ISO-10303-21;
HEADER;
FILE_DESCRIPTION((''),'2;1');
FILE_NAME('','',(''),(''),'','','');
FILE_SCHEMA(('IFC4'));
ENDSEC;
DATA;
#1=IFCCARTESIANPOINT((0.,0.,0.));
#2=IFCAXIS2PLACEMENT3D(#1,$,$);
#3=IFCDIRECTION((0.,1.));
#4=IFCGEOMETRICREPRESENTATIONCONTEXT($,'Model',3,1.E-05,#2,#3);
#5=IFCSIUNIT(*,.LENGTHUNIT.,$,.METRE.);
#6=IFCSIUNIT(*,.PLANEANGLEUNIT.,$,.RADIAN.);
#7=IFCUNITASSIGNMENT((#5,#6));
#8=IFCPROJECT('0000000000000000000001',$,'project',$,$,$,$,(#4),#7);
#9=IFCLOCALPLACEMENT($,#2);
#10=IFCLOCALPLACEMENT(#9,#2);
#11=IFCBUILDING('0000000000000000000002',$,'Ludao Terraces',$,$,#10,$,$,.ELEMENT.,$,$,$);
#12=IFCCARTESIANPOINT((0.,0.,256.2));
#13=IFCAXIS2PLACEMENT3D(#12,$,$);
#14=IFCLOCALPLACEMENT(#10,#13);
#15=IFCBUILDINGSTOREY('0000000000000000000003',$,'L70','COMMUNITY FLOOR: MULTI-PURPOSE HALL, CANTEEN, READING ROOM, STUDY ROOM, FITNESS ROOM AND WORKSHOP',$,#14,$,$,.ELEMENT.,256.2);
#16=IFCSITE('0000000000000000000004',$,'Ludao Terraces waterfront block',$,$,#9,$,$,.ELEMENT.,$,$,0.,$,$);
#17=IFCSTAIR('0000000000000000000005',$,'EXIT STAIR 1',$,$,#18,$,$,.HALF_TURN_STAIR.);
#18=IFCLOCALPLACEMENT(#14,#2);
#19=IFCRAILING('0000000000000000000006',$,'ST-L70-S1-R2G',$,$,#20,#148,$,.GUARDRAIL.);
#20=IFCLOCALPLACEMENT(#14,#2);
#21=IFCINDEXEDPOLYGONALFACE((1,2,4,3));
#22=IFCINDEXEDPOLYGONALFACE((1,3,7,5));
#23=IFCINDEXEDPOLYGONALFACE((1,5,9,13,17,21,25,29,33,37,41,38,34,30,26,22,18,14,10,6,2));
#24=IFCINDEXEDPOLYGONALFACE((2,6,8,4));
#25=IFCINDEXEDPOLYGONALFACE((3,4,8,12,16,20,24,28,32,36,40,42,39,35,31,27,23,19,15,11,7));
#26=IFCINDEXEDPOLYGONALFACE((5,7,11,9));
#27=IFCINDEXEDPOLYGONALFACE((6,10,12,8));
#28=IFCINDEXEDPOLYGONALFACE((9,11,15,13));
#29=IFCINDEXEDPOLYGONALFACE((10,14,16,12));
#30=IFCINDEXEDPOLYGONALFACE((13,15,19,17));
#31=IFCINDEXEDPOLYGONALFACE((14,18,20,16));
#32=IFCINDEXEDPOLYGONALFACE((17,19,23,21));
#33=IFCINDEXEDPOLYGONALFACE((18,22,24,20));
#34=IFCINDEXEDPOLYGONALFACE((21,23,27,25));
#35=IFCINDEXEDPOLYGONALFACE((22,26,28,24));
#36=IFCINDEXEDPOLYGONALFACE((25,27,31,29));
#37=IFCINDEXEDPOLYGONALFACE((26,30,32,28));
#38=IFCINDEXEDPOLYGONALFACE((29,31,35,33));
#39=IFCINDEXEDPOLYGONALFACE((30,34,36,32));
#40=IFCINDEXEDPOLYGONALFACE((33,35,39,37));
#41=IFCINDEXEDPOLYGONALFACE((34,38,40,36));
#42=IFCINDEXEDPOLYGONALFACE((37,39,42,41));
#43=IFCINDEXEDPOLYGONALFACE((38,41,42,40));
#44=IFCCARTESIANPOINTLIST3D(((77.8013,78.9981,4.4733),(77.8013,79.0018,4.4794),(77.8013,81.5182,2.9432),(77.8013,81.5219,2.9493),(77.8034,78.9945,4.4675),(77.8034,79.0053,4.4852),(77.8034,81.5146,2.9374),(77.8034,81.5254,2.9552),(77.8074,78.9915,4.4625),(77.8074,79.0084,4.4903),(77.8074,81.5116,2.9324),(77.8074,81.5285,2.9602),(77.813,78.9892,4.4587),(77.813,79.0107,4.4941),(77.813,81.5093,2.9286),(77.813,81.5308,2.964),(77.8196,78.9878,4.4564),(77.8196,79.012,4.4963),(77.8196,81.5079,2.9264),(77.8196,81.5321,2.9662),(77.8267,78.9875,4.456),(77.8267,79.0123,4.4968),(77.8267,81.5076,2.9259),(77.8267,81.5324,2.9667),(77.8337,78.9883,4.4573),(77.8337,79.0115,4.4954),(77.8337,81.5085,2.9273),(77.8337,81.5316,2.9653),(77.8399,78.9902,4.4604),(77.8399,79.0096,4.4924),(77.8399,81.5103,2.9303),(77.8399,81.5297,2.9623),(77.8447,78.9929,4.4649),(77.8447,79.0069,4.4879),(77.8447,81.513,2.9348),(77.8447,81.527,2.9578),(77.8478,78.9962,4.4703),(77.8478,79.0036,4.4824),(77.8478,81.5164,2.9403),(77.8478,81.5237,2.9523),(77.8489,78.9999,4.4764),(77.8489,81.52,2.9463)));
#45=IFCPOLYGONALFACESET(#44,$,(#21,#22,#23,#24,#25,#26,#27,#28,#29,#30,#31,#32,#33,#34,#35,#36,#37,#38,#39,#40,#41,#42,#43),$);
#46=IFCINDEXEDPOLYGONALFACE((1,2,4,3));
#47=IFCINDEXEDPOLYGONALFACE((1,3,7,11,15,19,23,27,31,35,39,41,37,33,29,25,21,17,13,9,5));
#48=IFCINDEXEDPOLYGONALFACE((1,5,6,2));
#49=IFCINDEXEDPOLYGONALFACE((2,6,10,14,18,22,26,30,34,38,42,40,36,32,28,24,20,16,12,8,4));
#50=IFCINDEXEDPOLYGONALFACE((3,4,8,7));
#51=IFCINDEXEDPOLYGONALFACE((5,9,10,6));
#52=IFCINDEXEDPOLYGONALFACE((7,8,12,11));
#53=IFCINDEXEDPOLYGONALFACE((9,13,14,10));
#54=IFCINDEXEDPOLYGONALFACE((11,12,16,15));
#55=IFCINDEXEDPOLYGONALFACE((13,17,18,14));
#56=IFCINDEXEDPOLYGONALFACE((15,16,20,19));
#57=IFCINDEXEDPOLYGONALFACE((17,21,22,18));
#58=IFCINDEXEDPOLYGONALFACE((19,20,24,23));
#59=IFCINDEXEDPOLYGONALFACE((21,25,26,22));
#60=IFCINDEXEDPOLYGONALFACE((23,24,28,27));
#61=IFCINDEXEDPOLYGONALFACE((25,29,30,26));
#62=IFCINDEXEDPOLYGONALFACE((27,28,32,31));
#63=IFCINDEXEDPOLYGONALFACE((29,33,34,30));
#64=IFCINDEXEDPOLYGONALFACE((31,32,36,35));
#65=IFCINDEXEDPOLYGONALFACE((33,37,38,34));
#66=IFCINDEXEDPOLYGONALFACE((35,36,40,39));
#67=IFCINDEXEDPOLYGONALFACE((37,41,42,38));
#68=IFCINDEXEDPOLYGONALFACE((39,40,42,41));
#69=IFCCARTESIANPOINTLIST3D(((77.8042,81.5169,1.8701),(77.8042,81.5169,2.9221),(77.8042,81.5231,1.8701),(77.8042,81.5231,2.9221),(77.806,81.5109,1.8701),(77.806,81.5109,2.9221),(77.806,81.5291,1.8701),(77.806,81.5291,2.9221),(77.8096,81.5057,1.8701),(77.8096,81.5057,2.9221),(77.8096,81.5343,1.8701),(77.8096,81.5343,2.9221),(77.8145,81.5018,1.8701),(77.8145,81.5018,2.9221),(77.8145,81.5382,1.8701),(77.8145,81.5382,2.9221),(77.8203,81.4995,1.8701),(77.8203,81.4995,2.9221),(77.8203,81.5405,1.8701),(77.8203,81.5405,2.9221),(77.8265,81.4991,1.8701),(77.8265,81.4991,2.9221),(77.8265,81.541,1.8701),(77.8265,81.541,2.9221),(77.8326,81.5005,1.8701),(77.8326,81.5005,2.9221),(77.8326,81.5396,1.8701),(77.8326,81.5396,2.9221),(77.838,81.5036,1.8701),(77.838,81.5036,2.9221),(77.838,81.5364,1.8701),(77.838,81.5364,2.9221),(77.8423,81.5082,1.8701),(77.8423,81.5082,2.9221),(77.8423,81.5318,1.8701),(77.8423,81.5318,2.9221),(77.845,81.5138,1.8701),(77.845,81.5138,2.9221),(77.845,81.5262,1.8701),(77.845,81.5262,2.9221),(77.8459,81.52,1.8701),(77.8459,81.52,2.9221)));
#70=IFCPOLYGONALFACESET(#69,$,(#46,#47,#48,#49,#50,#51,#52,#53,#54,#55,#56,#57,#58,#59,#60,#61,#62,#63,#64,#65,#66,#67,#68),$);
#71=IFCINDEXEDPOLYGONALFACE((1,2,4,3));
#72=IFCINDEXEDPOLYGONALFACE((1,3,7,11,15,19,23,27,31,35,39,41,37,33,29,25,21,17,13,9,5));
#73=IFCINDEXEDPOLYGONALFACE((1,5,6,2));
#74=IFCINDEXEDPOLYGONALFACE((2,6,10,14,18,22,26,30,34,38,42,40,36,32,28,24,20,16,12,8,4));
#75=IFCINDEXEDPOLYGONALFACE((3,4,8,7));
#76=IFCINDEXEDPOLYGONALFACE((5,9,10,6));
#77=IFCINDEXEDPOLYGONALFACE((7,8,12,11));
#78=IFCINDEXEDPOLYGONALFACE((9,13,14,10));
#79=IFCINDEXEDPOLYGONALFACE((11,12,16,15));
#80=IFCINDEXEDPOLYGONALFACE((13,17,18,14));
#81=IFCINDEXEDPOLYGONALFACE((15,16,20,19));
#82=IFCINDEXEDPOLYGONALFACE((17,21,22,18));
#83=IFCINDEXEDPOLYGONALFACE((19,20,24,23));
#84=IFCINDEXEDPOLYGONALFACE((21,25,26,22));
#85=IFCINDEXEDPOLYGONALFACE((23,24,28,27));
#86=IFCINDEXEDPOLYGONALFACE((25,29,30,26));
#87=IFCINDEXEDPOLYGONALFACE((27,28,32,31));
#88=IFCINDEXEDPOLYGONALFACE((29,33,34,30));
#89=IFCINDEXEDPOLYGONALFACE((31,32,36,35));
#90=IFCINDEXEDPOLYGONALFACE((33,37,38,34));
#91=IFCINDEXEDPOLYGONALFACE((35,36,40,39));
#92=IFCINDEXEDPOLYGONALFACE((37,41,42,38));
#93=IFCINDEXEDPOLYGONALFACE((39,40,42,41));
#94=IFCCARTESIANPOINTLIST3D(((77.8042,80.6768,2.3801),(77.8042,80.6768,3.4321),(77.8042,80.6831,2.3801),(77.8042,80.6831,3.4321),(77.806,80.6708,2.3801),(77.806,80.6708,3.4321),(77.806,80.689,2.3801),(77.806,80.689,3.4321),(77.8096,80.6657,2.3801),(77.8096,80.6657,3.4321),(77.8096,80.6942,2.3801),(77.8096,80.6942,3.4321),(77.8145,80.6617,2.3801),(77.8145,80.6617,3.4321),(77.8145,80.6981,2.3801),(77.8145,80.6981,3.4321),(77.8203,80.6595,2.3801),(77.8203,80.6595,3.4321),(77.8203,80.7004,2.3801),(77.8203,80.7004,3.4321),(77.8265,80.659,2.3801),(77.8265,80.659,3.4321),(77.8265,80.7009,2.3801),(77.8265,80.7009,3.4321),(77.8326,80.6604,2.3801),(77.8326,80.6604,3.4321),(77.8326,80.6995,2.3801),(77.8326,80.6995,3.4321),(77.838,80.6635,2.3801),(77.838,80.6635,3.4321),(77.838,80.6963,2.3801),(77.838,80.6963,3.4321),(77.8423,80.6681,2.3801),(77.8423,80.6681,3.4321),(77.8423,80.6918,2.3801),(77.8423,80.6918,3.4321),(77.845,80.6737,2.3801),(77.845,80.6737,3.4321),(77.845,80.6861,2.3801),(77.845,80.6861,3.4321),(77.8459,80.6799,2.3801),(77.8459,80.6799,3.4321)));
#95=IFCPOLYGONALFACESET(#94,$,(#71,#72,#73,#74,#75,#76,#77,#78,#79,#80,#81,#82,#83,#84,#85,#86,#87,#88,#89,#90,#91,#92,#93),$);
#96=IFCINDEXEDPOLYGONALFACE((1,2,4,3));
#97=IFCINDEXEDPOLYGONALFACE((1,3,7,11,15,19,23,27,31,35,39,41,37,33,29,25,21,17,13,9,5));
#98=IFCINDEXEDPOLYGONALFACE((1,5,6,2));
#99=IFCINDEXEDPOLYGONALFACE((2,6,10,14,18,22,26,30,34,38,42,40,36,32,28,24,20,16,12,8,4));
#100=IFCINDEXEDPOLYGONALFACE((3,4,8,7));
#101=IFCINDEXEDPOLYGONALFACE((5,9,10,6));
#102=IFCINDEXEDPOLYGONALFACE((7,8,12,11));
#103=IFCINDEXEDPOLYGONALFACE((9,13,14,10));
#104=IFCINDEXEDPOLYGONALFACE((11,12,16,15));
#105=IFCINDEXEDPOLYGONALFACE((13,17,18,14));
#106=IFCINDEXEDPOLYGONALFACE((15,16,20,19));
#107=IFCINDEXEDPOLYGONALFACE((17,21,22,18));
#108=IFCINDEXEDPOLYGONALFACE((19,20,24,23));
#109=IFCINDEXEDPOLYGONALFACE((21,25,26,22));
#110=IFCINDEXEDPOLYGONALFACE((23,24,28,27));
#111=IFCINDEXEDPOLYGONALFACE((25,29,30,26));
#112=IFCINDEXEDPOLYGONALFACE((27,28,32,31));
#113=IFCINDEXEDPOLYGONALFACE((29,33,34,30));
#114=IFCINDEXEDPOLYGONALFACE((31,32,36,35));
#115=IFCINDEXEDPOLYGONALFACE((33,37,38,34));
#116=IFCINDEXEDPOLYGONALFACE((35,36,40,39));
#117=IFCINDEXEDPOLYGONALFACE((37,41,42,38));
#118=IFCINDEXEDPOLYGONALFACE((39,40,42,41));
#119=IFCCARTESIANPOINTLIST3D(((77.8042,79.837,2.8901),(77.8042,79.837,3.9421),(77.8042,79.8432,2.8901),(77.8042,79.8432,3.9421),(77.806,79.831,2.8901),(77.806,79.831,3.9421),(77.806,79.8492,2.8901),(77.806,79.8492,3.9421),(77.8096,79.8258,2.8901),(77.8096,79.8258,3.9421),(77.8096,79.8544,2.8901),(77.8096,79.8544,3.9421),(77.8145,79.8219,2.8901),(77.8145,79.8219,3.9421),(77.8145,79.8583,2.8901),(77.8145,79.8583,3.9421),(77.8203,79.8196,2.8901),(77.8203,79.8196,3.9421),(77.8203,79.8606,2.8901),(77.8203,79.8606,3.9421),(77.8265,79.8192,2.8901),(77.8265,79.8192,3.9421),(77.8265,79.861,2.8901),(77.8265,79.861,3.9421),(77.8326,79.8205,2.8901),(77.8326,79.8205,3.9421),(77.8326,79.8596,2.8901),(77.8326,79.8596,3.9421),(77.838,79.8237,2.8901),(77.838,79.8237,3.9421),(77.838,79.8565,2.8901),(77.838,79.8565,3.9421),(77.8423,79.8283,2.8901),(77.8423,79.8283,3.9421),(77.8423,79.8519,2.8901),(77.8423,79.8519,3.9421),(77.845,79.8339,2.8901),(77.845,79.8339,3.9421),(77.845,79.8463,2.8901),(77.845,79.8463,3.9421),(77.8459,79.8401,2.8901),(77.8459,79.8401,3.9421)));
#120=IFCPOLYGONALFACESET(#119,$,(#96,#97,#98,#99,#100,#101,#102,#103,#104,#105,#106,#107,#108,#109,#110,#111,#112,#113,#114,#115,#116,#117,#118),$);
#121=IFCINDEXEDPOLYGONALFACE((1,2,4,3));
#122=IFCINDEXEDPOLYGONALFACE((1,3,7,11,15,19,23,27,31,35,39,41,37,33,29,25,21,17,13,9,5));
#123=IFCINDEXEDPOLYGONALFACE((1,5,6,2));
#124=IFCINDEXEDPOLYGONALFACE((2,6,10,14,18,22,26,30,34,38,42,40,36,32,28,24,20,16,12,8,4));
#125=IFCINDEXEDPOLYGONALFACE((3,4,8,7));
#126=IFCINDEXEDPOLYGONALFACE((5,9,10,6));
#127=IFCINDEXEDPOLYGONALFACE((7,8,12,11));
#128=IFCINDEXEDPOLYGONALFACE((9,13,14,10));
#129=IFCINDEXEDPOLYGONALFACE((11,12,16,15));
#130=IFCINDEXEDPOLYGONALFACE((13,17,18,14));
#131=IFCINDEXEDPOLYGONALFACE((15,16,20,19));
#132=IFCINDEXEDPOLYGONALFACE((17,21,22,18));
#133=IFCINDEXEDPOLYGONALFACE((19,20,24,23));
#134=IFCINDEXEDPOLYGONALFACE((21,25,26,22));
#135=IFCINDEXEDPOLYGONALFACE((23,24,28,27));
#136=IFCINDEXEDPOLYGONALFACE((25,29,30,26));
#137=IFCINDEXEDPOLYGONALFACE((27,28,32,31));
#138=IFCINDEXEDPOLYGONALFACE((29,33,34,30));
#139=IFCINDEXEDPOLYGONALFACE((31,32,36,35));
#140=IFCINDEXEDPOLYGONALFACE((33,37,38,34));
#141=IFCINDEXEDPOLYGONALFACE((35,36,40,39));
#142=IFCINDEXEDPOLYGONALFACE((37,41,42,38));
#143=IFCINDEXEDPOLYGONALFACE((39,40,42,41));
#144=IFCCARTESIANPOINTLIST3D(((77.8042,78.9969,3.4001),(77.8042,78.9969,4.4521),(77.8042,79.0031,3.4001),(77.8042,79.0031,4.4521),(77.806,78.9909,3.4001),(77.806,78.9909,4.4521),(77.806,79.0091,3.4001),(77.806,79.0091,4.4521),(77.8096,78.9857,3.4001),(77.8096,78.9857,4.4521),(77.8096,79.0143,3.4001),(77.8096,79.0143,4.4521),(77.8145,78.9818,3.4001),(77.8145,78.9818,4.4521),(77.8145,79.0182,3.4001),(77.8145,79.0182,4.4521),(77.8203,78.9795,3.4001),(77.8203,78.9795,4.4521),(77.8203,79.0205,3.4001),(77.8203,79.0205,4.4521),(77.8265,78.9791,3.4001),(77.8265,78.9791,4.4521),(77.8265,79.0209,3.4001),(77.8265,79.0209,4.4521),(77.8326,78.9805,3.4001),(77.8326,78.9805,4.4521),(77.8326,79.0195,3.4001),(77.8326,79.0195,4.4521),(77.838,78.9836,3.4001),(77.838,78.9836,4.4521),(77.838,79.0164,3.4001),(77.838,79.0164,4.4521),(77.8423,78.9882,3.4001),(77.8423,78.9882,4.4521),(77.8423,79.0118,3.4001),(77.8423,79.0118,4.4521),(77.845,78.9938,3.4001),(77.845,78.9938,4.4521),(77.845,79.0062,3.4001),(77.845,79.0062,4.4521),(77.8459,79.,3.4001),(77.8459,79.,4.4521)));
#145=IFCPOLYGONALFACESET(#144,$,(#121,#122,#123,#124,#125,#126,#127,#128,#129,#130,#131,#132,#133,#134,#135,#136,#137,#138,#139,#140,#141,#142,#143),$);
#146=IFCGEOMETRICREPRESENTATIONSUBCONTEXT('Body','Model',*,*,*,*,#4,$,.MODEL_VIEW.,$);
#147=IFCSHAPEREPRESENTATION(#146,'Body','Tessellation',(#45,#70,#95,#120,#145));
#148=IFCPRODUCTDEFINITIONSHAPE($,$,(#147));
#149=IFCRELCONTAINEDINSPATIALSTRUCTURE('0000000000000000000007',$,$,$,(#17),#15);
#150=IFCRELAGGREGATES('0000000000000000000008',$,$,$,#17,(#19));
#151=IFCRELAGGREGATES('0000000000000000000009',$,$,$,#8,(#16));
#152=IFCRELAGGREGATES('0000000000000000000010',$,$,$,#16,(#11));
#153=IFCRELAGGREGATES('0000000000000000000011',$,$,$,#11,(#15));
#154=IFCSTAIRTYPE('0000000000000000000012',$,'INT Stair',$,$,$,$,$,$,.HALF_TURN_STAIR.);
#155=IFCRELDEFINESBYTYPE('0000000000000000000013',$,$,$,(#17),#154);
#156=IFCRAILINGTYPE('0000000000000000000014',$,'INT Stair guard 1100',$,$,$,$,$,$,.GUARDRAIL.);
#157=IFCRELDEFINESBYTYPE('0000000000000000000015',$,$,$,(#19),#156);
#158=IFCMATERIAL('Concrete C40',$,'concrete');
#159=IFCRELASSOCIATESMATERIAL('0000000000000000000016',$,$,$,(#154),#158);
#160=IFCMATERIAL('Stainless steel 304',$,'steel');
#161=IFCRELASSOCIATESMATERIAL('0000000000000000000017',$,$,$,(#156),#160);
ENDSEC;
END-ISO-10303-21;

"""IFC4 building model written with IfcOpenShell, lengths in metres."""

from ifc_helpers import new_model, si_unit, direction, frame, origin, origin_2d, place, context, subcontext, project, spatial, circle, extrude, material, type_object, element, aggregate, save


model = new_model("IFC4")

# Units and contexts
model_context = context("Model", 3, precision=1e-05, world=origin(), true_north=direction((0.0, 1.0)))
body_context = subcontext(model_context, "Body", "Model", "MODEL_VIEW")
ifc_project = project(units=[si_unit("LENGTHUNIT", "METRE"), si_unit("PLANEANGLEUNIT", "RADIAN")], contexts=[model_context])

# Site, building, storey
site_placement = place(None, origin())
site = spatial("IfcSite", under=ifc_project, at=site_placement, Name="Ludao Terraces waterfront block", CompositionType="ELEMENT", RefElevation=0.0)
building_placement = place(site_placement, origin())
building = spatial("IfcBuilding", under=site, at=building_placement, Name="Ludao Terraces", CompositionType="ELEMENT")
storey_placement = place(building_placement, frame((0.0, 0.0, 256.2)))
storey = spatial("IfcBuildingStorey", under=building, at=storey_placement, Name="L70", Description="COMMUNITY FLOOR: MULTI-PURPOSE HALL, CANTEEN, READING ROOM, STUDY ROOM, FITNESS ROOM AND WORKSHOP", CompositionType="ELEMENT", Elevation=256.2)

# Shared definitions
ifc_material_1 = material(Name="Concrete C40", Category="concrete")

# Stair, railing
stair_type = type_object("IfcStairType", Name="INT Stair", PredefinedType="HALF_TURN_STAIR", material=ifc_material_1)
stair_placement = place(storey_placement, origin())
stair = element("IfcStair", 1, at=stair_placement, inside=storey, type_object=stair_type, Name="EXIT STAIR 1", PredefinedType="HALF_TURN_STAIR")
ifc_material_2 = material(Name="Stainless steel 304", Category="steel")
railing_type_1 = type_object("IfcRailingType", Name="INT Stair guard 1100", PredefinedType="GUARDRAIL", material=ifc_material_2)
railing_1_placement = place(storey_placement, frame((77.825, 81.52, 1.8701)))
railing_1 = element("IfcRailing", 2, at=railing_1_placement, type_object=railing_type_1, Name="ST-L70-S1-R2G", PredefinedType="GUARDRAIL", context=body_context, shape_type="SweptSolid", body=[
    extrude(circle(Radius=0.0239, at=origin_2d()), frame((0.0, 0.0, 1.0762), z_axis=(0.0, -0.854785, 0.518982), x_axis=(1.0, 0.0, 0.0)), (0.0, 0.0, 1.0), 2.9482),
    extrude(circle(Radius=0.021, at=origin_2d()), origin(), (0.0, 0.0, 1.0), 1.052),
    extrude(circle(Radius=0.021, at=origin_2d()), frame((0.0, -0.8401, 0.51)), (0.0, 0.0, 1.0), 1.052),
    extrude(circle(Radius=0.021, at=origin_2d()), frame((0.0, -1.6799, 1.02)), (0.0, 0.0, 1.0), 1.052),
    extrude(circle(Radius=0.021, at=origin_2d()), frame((0.0, -2.52, 1.53)), (0.0, 0.0, 1.0), 1.052),
])
aggregate(stair, [railing_1])

save(model, "model.ifc")
